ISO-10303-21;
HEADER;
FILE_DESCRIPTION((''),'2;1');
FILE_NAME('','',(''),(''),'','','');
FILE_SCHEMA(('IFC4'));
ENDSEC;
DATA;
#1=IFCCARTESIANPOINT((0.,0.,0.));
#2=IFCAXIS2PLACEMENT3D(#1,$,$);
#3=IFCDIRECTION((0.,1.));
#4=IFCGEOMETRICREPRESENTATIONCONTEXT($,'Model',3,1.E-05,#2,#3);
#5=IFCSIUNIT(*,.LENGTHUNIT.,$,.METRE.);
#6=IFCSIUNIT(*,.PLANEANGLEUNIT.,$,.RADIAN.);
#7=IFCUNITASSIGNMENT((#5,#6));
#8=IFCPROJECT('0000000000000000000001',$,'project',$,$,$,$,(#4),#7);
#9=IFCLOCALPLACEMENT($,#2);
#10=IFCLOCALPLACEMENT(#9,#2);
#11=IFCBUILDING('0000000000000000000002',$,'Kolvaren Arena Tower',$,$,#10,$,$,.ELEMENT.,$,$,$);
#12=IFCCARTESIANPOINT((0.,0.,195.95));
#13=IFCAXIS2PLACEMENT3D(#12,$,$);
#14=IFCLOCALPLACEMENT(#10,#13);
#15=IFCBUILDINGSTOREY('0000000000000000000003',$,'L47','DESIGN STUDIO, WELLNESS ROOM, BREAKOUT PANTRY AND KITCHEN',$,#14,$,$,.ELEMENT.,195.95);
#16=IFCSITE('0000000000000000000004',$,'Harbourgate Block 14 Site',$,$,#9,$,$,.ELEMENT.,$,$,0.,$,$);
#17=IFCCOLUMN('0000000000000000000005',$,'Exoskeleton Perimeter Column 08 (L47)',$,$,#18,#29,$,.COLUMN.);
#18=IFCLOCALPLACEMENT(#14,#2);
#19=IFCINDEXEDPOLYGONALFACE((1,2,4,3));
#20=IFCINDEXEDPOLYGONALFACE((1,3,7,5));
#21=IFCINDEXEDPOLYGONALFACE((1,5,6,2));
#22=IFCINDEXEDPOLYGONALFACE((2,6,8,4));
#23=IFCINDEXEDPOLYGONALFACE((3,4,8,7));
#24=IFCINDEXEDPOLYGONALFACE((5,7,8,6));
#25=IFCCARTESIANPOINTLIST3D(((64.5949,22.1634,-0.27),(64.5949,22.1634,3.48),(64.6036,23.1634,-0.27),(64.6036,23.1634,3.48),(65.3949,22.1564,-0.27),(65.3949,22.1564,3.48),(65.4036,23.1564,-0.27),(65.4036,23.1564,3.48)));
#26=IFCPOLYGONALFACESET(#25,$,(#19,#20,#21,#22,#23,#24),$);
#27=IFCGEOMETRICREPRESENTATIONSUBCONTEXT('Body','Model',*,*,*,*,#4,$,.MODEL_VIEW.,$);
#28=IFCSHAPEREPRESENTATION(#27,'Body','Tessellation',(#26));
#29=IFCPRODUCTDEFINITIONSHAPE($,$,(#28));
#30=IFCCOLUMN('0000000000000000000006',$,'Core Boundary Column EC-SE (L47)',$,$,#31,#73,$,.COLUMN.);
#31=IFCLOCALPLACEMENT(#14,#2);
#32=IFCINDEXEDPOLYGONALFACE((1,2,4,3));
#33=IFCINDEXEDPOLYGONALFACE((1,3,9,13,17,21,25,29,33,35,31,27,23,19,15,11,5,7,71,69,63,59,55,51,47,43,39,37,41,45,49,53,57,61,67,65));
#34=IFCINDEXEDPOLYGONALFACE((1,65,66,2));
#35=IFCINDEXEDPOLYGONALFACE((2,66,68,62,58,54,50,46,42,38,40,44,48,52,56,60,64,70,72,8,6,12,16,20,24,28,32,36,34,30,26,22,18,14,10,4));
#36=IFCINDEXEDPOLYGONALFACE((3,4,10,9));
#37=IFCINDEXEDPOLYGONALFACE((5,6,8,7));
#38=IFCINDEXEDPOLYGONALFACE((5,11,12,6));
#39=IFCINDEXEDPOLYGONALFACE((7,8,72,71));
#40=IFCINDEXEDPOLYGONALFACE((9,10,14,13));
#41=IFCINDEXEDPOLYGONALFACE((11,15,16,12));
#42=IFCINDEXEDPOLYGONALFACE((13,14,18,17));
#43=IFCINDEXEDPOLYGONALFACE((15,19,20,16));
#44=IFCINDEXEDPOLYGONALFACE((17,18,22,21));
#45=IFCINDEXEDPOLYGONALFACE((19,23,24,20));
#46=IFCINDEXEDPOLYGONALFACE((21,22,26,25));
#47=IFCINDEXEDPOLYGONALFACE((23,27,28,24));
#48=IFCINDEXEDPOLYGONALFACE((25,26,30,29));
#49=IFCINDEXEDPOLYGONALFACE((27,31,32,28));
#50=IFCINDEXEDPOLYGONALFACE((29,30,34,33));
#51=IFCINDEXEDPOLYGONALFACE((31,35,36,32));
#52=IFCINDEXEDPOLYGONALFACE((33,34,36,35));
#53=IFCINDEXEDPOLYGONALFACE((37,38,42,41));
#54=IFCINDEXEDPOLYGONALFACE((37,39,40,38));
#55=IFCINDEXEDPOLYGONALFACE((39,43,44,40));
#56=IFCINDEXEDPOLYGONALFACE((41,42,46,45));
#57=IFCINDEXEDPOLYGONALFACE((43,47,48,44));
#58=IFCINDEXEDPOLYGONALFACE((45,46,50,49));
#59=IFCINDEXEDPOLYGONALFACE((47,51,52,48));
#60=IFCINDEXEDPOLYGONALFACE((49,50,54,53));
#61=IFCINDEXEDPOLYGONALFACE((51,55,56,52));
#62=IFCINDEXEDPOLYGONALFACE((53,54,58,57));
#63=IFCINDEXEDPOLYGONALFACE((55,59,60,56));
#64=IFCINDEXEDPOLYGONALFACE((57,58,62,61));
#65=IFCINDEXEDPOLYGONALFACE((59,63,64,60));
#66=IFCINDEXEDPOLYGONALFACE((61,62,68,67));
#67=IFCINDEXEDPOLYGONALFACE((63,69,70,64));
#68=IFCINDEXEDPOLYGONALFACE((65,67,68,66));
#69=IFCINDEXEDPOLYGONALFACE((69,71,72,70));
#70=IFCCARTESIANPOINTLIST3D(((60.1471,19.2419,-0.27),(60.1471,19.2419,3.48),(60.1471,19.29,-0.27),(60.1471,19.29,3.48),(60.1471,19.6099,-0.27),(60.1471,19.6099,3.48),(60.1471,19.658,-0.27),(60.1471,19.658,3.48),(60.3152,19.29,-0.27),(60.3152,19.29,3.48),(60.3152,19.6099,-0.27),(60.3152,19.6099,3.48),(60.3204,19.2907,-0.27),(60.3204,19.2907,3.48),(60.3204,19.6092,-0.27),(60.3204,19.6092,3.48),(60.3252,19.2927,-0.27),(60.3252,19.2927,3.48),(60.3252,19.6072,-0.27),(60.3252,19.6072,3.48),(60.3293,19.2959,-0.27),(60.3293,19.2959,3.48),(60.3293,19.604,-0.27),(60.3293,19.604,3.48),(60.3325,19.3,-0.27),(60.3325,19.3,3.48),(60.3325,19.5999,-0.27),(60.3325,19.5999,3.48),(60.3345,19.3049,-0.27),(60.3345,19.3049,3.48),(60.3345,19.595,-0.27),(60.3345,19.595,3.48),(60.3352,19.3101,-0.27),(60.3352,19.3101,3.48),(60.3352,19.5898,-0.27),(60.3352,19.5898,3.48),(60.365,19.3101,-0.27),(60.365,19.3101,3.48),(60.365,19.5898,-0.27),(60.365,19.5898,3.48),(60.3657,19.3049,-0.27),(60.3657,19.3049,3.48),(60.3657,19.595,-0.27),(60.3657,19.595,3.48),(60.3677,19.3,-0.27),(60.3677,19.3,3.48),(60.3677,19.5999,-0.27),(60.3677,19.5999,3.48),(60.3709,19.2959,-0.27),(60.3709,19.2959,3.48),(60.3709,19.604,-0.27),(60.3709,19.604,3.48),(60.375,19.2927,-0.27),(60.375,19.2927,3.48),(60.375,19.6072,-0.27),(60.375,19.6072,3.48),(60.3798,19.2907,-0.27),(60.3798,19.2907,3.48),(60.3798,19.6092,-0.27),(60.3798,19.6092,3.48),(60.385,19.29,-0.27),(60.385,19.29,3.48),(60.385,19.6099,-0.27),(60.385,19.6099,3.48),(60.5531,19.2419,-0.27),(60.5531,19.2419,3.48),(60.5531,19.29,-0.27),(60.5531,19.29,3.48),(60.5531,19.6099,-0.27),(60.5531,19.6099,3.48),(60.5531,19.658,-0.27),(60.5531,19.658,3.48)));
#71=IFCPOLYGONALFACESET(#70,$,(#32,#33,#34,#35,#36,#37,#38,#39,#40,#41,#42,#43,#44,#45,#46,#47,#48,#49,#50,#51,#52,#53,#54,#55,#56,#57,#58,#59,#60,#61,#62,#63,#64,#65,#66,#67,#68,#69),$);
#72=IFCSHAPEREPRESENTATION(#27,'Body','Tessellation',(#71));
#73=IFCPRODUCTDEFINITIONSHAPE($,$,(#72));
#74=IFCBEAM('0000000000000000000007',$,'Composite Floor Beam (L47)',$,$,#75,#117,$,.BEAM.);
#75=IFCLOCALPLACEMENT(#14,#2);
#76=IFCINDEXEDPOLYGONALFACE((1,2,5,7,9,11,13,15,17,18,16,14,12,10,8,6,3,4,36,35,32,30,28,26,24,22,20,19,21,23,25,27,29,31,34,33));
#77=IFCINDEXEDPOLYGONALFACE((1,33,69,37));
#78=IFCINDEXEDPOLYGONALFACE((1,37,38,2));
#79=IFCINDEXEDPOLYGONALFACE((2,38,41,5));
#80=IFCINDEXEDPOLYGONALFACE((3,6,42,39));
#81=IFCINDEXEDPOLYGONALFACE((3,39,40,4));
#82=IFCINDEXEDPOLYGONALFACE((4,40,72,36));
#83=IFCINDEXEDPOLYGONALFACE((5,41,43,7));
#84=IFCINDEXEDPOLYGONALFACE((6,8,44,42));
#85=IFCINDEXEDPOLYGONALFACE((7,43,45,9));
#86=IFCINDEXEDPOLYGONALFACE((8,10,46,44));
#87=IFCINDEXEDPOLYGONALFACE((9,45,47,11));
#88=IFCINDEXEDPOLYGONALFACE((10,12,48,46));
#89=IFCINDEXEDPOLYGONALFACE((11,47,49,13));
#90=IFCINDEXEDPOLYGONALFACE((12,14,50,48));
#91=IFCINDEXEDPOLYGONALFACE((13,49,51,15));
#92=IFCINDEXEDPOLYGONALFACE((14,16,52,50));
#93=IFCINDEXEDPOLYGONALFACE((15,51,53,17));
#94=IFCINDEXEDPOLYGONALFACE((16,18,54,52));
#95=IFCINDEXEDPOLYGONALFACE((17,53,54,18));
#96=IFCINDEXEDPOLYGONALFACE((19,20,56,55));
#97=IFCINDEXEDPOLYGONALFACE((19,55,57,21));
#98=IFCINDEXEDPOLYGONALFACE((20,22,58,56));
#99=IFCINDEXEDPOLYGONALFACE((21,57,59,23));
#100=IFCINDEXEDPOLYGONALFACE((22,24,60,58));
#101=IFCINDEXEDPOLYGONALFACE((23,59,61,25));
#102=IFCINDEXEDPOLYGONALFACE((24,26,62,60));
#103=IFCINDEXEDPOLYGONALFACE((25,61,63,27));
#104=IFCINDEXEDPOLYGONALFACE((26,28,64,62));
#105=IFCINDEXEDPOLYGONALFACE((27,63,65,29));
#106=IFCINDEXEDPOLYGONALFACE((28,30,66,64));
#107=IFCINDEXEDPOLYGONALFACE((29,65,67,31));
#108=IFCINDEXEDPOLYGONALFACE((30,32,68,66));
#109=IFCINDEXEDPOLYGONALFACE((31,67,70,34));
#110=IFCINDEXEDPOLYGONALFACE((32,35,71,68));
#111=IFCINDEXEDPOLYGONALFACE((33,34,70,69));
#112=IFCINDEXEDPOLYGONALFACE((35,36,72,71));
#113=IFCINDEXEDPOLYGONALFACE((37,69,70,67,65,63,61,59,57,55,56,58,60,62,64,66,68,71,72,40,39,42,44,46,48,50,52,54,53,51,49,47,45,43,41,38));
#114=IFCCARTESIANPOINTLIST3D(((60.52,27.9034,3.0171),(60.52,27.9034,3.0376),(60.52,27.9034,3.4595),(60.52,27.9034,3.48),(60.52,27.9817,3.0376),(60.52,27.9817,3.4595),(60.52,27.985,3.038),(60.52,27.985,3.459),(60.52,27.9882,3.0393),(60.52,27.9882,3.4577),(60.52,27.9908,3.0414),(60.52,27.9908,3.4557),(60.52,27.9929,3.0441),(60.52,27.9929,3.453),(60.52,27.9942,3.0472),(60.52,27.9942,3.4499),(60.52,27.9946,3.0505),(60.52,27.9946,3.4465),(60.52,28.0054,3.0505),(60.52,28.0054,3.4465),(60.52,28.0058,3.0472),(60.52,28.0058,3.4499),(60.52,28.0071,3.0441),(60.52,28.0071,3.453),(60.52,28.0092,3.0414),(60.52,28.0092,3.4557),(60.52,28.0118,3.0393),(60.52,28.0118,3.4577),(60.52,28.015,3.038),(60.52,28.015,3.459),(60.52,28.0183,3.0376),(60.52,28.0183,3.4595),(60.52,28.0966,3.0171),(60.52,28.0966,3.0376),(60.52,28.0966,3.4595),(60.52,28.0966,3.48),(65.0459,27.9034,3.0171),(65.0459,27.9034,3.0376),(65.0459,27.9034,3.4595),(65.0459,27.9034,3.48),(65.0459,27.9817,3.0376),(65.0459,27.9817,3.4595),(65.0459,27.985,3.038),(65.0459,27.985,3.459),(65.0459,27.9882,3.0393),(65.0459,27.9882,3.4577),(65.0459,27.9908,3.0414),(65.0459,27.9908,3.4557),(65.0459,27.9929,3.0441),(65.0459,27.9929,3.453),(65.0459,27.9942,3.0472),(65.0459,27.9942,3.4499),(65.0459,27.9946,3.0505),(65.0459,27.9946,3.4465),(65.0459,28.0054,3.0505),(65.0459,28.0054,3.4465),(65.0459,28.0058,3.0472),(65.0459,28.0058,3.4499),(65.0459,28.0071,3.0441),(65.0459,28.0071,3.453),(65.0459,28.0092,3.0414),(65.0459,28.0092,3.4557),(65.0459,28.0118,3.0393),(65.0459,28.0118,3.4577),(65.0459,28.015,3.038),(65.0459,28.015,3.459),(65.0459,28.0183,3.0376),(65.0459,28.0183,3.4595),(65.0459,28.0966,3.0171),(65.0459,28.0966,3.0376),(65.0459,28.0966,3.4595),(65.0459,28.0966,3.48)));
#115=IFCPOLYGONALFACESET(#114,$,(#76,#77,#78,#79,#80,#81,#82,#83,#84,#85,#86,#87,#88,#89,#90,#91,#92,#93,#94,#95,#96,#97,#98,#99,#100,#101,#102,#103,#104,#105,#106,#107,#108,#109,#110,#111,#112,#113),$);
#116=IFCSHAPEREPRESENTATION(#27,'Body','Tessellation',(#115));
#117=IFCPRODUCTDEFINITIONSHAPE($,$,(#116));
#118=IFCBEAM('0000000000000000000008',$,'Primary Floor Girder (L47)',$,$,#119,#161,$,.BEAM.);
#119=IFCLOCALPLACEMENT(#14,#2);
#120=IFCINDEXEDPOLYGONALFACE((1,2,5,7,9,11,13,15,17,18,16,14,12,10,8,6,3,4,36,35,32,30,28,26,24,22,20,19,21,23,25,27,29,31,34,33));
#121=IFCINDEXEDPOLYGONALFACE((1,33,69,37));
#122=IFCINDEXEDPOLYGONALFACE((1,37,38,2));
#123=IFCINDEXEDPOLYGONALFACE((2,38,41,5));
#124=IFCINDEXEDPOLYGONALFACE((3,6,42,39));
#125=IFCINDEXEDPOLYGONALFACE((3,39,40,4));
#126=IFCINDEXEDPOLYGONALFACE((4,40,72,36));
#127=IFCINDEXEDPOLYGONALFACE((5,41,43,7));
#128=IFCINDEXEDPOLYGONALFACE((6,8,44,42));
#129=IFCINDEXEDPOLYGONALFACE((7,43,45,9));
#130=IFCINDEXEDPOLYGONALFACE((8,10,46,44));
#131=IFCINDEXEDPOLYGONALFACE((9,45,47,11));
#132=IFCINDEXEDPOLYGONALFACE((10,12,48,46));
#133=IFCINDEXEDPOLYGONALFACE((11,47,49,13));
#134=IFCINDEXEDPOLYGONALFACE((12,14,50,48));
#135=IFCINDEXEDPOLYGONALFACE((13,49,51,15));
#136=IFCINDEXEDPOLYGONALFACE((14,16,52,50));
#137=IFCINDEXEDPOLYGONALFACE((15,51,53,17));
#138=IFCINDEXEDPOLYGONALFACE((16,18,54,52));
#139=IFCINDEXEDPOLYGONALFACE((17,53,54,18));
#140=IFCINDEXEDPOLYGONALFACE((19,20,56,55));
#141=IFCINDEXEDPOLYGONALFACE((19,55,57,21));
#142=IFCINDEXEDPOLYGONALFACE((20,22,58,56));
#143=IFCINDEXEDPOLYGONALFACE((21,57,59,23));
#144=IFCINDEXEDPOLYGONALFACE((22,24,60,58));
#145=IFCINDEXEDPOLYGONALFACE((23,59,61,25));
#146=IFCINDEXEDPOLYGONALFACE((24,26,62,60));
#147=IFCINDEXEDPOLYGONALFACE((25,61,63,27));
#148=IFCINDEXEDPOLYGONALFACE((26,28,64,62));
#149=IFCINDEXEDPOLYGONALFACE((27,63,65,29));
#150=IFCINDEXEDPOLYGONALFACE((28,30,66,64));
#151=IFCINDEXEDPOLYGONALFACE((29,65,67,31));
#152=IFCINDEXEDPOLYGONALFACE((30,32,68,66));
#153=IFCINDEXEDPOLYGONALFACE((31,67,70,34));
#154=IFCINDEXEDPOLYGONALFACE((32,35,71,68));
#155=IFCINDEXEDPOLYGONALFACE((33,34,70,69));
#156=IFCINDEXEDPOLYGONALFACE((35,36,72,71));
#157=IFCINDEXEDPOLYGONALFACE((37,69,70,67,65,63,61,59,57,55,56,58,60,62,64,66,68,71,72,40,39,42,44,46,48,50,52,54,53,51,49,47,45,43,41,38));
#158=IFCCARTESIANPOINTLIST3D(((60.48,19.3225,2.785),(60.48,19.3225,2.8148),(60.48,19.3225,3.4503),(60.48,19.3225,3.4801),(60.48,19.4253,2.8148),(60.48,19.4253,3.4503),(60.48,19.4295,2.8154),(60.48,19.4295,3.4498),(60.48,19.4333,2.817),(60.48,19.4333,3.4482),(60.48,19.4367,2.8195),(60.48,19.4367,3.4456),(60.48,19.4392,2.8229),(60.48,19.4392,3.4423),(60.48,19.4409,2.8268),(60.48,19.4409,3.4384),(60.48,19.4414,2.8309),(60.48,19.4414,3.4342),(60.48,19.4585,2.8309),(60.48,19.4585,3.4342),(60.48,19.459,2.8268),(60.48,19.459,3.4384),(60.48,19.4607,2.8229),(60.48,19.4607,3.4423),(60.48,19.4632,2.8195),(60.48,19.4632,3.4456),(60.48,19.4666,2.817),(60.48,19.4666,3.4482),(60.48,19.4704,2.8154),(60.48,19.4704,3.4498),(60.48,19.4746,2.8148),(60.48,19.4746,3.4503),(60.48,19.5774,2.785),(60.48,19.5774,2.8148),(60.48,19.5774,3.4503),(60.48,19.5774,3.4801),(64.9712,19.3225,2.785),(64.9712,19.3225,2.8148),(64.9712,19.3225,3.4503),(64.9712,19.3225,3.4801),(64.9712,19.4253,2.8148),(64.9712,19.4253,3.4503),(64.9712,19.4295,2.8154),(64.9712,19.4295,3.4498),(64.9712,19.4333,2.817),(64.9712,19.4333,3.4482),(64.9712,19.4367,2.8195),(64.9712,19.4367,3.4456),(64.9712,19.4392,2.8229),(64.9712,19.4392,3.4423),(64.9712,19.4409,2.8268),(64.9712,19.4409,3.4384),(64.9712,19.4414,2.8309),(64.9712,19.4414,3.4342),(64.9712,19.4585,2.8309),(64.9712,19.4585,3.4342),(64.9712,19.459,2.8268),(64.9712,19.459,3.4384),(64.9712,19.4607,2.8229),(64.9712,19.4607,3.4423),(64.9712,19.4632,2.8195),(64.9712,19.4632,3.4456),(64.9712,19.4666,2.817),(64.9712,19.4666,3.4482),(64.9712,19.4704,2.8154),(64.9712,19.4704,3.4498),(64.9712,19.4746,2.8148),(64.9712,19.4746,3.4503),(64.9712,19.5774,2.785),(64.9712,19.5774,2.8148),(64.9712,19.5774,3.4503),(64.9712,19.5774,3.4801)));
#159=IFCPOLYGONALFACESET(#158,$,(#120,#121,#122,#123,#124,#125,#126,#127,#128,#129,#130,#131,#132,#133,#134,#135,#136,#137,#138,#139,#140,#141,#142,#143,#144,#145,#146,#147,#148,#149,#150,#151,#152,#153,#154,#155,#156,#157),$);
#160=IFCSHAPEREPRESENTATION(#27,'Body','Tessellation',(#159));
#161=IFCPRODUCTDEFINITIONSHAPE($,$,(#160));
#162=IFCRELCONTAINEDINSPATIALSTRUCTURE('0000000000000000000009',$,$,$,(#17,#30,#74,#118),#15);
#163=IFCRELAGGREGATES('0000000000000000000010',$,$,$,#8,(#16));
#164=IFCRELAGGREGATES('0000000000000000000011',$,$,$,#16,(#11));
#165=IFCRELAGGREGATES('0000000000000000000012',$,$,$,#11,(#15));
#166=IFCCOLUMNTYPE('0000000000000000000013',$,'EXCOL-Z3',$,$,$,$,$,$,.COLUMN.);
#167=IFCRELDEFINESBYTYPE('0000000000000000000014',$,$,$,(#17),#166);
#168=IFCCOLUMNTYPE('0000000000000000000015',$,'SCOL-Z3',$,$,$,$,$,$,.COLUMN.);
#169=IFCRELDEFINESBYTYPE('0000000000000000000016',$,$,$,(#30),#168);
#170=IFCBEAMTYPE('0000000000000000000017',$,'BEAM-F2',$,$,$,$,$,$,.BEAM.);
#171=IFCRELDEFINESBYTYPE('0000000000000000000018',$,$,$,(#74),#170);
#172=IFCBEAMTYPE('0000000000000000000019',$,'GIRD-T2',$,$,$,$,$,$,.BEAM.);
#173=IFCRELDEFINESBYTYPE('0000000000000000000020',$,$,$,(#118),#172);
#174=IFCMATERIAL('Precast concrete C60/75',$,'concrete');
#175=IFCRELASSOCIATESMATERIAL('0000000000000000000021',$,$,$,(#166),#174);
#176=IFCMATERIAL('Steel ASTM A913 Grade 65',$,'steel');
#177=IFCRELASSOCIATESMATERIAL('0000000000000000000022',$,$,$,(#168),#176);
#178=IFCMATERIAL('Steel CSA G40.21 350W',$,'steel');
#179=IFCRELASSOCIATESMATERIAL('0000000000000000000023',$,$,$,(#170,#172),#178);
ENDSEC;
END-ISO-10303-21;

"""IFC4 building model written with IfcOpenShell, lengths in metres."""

from ifc_helpers import new_model, si_unit, direction, frame, origin, origin_2d, place, context, subcontext, project, spatial, rectangle, i_section, extrude, material, material_profile, profile_set, type_object, element, save


model = new_model("IFC4")

# Units and contexts
model_context = context("Model", 3, precision=1e-05, world=origin(), true_north=direction((0.0, 1.0)))
body_context = subcontext(model_context, "Body", "Model", "MODEL_VIEW")
ifc_project = project(units=[si_unit("LENGTHUNIT", "METRE"), si_unit("PLANEANGLEUNIT", "RADIAN")], contexts=[model_context])

# Site, building, storey
site_placement = place(None, origin())
site = spatial("IfcSite", under=ifc_project, at=site_placement, Name="Harbourgate Block 14 Site", CompositionType="ELEMENT", RefElevation=0.0)
building_placement = place(site_placement, origin())
building = spatial("IfcBuilding", under=site, at=building_placement, Name="Kolvaren Arena Tower", CompositionType="ELEMENT")
storey_placement = place(building_placement, frame((0.0, 0.0, 195.95)))
storey = spatial("IfcBuildingStorey", under=building, at=storey_placement, Name="L47", Description="DESIGN STUDIO, WELLNESS ROOM, BREAKOUT PANTRY AND KITCHEN", CompositionType="ELEMENT", Elevation=195.95)

# Columns
ifc_material_1 = material(Name="Precast concrete C60/75", Category="concrete")
ifc_material_profile_1 = material_profile(ifc_material_1, rectangle(XDim=1.0, YDim=0.8, at=origin_2d()), Name="RC-1000x800")
ifc_profile_set_1 = profile_set([ifc_material_profile_1], Name="Precast concrete C60/75")
column_type_1 = type_object("IfcColumnType", Name="EXCOL-Z3", PredefinedType="COLUMN", material=ifc_profile_set_1)
column_1_placement = place(storey_placement, frame((64.9993, 22.6599, -0.27), z_axis=(0.0, 0.0, 1.0), x_axis=(0.008727, 0.999962, 0.0)))
element("IfcColumn", 1, at=column_1_placement, inside=storey, type_object=column_type_1, Name="Exoskeleton Perimeter Column 08 (L47)", PredefinedType="COLUMN", context=body_context, shape_type="SweptSolid", body=[
    extrude(rectangle(XDim=1.0, YDim=0.8, at=origin_2d()), origin(), (0.0, 0.0, 1.0), 3.75),
])
ifc_material_2 = material(Name="Steel ASTM A913 Grade 65", Category="steel")
ifc_material_profile_2 = material_profile(ifc_material_2, i_section(OverallWidth=0.406, OverallDepth=0.416, WebThickness=0.0298, FlangeThickness=0.0481, FilletRadius=0.02, at=origin_2d()), Name="W360x382")
ifc_profile_set_2 = profile_set([ifc_material_profile_2], Name="Steel ASTM A913 Grade 65")
column_type_2 = type_object("IfcColumnType", Name="SCOL-Z3", PredefinedType="COLUMN", material=ifc_profile_set_2)
column_2_placement = place(storey_placement, frame((60.3501, 19.45, -0.27), z_axis=(0.0, 0.0, 1.0), x_axis=(1.0, 0.0, 0.0)))
element("IfcColumn", 2, at=column_2_placement, inside=storey, type_object=column_type_2, Name="Core Boundary Column EC-SE (L47)", PredefinedType="COLUMN", context=body_context, shape_type="SweptSolid", body=[
    extrude(i_section(OverallWidth=0.406, OverallDepth=0.416, WebThickness=0.0298, FlangeThickness=0.0481, FilletRadius=0.02, at=origin_2d()), origin(), (0.0, 0.0, 1.0), 3.75),
])

# Beams
ifc_material_3 = material(Name="Steel CSA G40.21 350W", Category="steel")
ifc_material_profile_3 = material_profile(ifc_material_3, i_section(OverallWidth=0.1931, OverallDepth=0.4629, WebThickness=0.0107, FlangeThickness=0.0205, FilletRadius=0.0129, at=origin_2d()), Name="W460x113")
ifc_profile_set_3 = profile_set([ifc_material_profile_3], Name="Steel CSA G40.21 350W")
beam_type_1 = type_object("IfcBeamType", Name="BEAM-F2", PredefinedType="BEAM", material=ifc_profile_set_3)
beam_1_placement = place(storey_placement, frame((60.52, 28.0, 3.2485), z_axis=(1.0, 0.0, 0.0), x_axis=(0.0, 1.0, 0.0)))
element("IfcBeam", 3, at=beam_1_placement, inside=storey, type_object=beam_type_1, Name="Composite Floor Beam (L47)", PredefinedType="BEAM", context=body_context, shape_type="SweptSolid", body=[
    extrude(i_section(OverallWidth=0.1931, OverallDepth=0.4629, WebThickness=0.0107, FlangeThickness=0.0205, FilletRadius=0.0129, at=origin_2d()), origin(), (0.0, 0.0, 1.0), 4.5259),
])
ifc_material_profile_4 = material_profile(ifc_material_3, i_section(OverallWidth=0.2549, OverallDepth=0.6951, WebThickness=0.0171, FlangeThickness=0.0298, FilletRadius=0.0161, at=origin_2d()), Name="W690x217")
ifc_profile_set_4 = profile_set([ifc_material_profile_4], Name="Steel CSA G40.21 350W")
beam_type_2 = type_object("IfcBeamType", Name="GIRD-T2", PredefinedType="BEAM", material=ifc_profile_set_4)
beam_2_placement = place(storey_placement, frame((60.48, 19.45, 3.1326), z_axis=(1.0, 0.0, 0.0), x_axis=(0.0, 1.0, 0.0)))
element("IfcBeam", 4, at=beam_2_placement, inside=storey, type_object=beam_type_2, Name="Primary Floor Girder (L47)", PredefinedType="BEAM", context=body_context, shape_type="SweptSolid", body=[
    extrude(i_section(OverallWidth=0.2549, OverallDepth=0.6951, WebThickness=0.0171, FlangeThickness=0.0298, FilletRadius=0.0161, at=origin_2d()), origin(), (0.0, 0.0, 1.0), 4.4912),
])

save(model, "model.ifc")
